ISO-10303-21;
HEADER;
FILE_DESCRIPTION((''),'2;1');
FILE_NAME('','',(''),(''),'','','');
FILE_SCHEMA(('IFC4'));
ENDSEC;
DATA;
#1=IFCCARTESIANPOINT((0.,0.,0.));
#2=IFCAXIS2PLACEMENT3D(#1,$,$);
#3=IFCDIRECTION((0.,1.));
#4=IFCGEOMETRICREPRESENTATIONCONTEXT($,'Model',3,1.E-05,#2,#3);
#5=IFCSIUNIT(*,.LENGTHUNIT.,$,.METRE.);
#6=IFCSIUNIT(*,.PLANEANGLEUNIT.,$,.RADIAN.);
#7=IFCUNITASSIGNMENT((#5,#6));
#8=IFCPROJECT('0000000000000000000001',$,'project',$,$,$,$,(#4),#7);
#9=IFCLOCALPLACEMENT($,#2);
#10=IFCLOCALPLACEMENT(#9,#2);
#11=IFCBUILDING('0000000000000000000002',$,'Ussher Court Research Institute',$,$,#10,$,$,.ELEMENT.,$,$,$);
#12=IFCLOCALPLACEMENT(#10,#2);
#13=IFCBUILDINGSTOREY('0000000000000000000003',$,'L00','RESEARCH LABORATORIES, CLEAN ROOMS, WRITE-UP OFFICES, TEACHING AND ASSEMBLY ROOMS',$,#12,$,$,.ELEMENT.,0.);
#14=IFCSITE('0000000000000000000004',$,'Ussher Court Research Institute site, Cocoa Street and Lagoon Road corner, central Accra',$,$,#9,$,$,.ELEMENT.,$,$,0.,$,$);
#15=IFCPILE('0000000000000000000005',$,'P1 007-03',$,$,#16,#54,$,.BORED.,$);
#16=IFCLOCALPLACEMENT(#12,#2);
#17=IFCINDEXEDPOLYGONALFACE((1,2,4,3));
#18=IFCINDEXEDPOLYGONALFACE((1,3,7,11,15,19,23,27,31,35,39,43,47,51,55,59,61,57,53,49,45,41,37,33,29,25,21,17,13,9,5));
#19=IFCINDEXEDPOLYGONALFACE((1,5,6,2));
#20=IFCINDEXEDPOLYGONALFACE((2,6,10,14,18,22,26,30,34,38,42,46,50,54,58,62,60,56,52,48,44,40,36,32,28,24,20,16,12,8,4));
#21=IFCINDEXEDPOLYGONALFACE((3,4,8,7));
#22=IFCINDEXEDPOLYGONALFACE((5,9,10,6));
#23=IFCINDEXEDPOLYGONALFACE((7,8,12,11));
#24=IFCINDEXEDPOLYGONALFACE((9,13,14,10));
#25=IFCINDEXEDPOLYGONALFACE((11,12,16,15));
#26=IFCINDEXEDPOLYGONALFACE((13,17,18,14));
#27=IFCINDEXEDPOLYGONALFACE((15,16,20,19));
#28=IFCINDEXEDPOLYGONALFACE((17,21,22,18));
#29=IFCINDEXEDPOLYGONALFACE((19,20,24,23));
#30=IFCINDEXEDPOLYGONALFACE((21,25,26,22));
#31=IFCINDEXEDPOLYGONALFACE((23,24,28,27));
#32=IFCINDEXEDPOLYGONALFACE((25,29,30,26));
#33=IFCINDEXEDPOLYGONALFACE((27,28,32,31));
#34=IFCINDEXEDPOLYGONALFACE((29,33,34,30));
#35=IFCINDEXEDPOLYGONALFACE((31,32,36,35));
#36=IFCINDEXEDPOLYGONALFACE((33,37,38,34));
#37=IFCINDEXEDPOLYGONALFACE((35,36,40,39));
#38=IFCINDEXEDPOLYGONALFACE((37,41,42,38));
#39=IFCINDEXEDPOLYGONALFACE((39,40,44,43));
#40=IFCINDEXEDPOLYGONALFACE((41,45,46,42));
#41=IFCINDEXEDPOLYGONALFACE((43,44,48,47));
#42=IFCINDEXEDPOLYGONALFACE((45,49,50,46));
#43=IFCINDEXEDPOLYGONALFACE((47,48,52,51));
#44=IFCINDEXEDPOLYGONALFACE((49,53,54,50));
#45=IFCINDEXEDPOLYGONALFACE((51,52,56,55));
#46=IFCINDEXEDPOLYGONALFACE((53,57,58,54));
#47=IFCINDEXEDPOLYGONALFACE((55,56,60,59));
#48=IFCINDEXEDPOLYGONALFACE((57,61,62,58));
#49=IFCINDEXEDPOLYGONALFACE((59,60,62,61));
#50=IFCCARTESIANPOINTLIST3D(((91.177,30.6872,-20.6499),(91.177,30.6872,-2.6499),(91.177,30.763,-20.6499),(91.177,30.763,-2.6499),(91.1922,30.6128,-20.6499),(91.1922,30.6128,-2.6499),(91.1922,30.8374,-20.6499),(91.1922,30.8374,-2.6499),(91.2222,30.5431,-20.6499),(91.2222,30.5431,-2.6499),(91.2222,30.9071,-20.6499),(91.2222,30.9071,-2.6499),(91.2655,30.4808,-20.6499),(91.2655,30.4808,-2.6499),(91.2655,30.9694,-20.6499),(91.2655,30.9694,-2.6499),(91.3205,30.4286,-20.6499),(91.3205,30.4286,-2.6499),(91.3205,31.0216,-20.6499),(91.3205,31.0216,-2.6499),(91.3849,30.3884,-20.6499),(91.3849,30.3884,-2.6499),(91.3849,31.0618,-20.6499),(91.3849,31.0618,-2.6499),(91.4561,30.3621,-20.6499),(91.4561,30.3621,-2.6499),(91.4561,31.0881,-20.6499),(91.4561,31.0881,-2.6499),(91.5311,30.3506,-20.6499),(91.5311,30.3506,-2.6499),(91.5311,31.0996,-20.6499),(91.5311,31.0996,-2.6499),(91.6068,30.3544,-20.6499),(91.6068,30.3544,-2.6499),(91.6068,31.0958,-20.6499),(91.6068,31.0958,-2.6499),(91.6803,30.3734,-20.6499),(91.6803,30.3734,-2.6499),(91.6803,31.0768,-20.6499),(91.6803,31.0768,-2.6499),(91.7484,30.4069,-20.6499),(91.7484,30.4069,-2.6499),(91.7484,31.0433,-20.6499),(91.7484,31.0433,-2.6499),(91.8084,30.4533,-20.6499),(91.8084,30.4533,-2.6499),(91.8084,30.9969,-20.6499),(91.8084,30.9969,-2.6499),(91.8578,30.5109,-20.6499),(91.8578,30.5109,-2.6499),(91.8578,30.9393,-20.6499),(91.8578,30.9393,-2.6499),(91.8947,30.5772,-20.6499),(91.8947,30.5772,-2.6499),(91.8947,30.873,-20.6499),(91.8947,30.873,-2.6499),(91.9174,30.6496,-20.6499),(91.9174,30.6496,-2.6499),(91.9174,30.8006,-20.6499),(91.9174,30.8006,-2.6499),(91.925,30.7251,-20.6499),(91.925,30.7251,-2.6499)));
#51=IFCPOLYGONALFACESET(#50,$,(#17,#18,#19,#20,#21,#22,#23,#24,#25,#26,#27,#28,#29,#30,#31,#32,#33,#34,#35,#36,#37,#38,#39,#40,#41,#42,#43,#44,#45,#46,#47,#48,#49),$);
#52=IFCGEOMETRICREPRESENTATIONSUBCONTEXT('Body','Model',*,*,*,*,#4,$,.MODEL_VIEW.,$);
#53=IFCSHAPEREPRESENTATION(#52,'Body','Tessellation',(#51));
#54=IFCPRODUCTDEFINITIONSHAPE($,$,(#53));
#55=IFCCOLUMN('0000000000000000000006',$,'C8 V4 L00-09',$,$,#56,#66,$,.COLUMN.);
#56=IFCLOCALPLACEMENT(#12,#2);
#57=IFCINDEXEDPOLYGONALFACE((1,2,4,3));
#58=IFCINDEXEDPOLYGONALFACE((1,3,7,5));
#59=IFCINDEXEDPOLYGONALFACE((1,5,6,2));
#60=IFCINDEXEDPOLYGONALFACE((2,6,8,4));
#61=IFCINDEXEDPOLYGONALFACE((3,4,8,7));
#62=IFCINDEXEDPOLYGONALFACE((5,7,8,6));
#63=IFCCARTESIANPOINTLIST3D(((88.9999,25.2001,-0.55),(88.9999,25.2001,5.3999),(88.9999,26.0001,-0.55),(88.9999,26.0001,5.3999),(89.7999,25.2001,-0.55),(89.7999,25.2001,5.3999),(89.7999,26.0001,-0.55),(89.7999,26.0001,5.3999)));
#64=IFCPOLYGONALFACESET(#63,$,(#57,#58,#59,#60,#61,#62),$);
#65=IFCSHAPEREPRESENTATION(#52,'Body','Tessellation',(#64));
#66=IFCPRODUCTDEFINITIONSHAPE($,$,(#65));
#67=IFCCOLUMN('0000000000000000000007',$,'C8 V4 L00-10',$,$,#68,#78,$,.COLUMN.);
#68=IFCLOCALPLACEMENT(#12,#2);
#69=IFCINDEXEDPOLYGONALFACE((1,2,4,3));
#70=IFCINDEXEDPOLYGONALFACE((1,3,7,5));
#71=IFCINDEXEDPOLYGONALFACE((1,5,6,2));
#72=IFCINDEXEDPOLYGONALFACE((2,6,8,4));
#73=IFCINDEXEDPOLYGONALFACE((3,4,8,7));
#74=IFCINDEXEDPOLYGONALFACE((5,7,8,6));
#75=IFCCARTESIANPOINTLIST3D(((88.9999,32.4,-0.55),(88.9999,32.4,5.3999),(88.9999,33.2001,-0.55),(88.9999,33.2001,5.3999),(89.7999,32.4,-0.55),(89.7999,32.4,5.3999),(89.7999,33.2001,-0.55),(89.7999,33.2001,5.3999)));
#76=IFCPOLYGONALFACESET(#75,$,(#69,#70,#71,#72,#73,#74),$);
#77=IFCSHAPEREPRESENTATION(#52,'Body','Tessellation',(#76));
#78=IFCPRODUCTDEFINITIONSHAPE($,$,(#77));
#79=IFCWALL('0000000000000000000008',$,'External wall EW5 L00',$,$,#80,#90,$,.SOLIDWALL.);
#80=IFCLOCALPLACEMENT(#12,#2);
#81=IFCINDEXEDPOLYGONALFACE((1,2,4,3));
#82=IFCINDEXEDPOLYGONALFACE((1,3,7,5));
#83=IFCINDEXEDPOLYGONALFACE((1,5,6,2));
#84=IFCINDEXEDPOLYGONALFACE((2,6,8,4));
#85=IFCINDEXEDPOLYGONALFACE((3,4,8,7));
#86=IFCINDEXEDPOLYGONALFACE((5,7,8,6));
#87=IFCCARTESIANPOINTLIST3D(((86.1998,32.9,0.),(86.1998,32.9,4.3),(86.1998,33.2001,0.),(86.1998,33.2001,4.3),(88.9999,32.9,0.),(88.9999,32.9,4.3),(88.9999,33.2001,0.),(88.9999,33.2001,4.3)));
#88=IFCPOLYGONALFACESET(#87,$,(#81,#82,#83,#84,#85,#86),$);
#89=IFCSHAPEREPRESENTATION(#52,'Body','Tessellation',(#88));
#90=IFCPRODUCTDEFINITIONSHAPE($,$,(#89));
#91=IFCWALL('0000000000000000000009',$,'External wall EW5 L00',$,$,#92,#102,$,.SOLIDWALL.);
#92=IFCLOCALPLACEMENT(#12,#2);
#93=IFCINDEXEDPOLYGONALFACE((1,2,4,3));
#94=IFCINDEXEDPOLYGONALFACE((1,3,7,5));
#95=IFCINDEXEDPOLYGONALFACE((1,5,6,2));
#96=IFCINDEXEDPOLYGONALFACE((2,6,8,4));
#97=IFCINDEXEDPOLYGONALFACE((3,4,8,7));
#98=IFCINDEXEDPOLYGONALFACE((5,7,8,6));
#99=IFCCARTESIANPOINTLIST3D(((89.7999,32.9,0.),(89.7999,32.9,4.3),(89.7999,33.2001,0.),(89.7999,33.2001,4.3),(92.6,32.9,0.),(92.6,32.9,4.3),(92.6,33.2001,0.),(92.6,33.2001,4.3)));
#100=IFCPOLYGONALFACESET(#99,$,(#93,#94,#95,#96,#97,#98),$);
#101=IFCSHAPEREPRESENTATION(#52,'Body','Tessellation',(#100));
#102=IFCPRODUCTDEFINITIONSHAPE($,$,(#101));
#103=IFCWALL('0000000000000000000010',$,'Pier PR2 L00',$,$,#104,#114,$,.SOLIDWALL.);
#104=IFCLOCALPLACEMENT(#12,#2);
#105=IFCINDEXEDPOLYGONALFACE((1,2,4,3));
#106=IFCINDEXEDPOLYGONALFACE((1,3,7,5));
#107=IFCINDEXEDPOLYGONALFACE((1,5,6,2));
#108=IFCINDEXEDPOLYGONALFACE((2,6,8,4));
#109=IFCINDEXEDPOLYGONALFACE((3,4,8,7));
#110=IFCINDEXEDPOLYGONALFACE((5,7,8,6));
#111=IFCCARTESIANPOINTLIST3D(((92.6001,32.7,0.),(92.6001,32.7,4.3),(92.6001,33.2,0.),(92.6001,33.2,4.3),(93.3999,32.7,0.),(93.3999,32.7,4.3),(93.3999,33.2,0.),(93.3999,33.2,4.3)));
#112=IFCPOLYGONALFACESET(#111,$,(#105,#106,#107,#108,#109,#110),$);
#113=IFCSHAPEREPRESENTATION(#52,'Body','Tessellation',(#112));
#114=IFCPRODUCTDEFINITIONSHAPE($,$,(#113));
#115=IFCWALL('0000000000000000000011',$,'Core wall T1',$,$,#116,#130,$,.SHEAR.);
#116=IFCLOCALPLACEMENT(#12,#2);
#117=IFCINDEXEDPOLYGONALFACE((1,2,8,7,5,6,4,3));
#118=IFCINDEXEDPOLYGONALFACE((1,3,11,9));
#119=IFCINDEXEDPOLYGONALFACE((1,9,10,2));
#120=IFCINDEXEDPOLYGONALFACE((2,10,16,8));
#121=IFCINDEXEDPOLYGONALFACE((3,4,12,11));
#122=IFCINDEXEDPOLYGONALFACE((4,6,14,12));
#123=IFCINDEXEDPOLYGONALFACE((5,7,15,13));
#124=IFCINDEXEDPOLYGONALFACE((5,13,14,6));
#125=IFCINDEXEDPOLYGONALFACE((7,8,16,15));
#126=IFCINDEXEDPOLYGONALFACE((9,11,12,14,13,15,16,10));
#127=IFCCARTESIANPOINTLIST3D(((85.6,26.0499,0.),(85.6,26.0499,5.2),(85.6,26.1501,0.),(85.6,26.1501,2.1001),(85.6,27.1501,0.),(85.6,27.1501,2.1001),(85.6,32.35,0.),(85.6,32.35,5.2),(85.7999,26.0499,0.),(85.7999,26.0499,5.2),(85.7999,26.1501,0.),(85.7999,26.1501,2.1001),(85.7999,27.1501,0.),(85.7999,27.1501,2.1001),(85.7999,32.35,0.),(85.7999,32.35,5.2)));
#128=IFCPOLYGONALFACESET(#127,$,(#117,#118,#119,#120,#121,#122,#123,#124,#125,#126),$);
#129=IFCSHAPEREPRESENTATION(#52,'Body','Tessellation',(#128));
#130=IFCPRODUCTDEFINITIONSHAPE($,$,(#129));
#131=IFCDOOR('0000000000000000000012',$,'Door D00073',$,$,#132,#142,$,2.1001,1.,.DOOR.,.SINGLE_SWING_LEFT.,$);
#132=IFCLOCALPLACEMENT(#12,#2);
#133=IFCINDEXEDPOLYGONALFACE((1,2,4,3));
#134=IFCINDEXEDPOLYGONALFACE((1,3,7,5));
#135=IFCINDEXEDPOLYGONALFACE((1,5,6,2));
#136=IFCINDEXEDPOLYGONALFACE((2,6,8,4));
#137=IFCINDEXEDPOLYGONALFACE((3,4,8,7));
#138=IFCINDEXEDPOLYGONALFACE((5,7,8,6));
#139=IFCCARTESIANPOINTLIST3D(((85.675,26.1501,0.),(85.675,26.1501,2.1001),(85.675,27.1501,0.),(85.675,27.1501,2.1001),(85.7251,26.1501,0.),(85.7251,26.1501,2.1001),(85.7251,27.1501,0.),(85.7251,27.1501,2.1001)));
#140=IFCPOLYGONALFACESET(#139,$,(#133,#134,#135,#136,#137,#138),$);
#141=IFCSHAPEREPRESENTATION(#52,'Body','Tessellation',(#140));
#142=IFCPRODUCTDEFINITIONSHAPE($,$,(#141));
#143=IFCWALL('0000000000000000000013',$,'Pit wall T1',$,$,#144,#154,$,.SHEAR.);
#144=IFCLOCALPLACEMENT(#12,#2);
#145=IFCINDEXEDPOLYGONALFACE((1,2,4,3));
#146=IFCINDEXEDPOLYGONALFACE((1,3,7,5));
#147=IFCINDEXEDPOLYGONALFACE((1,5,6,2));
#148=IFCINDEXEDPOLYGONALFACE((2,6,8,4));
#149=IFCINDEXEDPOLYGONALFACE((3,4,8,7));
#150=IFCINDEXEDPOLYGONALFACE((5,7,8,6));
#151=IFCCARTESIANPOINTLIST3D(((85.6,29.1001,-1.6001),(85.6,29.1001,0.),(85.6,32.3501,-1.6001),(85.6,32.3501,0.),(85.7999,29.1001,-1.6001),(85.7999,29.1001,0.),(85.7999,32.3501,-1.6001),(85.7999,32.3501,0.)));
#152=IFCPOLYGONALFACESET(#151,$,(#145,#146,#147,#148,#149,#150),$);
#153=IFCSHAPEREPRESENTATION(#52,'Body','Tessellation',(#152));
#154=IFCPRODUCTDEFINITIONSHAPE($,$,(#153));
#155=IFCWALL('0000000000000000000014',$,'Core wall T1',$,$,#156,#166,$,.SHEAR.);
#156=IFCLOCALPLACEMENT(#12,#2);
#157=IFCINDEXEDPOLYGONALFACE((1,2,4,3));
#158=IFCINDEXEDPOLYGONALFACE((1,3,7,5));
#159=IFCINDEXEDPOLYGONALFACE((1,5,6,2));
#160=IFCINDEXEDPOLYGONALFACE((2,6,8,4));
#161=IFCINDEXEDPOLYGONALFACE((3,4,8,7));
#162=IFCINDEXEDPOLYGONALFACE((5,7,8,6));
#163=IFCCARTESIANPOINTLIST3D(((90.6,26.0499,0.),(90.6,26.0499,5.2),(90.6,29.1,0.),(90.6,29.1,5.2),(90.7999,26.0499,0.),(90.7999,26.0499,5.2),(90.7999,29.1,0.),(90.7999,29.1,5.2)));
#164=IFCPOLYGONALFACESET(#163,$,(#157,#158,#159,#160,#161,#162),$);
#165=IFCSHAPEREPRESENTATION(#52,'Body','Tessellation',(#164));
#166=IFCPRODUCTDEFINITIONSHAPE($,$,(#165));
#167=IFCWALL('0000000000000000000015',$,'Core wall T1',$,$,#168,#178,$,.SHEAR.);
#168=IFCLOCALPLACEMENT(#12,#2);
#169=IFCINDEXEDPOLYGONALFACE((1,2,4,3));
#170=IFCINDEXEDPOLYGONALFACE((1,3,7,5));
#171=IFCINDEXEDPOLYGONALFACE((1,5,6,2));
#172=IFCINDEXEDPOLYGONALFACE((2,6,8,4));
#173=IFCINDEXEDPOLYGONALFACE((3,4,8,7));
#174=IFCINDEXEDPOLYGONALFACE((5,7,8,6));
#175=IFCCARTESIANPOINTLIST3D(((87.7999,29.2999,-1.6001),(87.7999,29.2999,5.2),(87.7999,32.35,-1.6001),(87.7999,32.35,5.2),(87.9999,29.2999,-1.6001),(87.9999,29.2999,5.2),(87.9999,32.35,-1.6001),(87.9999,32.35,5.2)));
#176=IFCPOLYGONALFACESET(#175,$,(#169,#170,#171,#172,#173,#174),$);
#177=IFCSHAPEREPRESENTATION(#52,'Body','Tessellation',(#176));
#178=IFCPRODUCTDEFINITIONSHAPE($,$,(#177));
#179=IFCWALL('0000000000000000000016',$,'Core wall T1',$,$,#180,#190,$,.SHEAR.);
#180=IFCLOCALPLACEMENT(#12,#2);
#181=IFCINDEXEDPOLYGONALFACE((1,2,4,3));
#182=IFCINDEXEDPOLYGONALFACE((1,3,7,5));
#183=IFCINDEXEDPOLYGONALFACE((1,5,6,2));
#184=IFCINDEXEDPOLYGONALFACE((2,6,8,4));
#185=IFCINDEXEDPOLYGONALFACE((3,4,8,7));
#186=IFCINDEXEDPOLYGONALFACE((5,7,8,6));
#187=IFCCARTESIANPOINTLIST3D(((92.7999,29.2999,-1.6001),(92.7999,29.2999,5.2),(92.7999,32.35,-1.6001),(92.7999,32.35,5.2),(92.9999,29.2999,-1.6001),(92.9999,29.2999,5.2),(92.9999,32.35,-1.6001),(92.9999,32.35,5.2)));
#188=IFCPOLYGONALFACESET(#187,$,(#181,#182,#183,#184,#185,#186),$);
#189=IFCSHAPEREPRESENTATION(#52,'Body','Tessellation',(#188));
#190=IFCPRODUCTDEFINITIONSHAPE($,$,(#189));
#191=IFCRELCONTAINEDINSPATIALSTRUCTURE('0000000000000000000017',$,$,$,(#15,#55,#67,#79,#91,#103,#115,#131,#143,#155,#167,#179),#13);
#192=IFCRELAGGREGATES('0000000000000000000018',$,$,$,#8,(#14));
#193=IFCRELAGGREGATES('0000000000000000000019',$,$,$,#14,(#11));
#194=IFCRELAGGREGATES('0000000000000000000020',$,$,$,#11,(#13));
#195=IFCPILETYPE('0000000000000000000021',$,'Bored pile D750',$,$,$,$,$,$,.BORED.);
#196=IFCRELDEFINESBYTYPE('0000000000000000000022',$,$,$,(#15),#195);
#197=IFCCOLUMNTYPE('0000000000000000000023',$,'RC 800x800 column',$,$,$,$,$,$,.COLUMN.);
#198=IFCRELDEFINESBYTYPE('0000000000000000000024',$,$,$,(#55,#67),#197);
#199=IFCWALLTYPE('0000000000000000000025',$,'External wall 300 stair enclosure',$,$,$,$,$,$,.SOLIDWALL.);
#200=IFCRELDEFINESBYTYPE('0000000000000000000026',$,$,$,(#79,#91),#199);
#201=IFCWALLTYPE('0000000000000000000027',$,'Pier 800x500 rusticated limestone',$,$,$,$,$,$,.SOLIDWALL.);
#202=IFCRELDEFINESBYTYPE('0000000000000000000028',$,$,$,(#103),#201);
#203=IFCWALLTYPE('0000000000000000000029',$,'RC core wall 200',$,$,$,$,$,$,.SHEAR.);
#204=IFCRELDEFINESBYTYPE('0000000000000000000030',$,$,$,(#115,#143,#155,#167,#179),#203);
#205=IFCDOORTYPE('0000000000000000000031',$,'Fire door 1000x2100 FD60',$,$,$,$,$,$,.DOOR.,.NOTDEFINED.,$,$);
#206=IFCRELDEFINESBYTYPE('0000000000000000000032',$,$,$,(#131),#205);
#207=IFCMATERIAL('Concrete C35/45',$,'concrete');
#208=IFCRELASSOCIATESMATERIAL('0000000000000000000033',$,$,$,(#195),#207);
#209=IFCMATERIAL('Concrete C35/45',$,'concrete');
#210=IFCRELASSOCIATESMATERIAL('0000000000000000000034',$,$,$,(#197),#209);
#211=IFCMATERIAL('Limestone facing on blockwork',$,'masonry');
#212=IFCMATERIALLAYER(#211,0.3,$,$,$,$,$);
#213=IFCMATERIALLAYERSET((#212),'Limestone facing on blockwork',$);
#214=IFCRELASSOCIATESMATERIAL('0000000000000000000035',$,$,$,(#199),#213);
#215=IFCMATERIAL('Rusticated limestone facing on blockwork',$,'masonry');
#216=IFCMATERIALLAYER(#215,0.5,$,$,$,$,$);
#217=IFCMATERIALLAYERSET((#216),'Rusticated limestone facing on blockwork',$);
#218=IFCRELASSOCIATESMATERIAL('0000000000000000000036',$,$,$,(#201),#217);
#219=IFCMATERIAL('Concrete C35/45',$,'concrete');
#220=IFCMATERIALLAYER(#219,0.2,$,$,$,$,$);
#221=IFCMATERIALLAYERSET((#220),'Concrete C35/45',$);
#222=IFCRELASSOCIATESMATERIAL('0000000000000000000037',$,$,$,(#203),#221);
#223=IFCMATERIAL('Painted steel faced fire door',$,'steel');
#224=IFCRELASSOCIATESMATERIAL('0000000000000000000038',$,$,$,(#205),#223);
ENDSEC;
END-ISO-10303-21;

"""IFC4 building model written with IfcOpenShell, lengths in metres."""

from ifc_helpers import new_model, si_unit, direction, frame, frame_2d, origin, origin_2d, place, context, subcontext, project, spatial, rectangle, circle, extrude, material, layer, layer_set, material_profile, profile_set, type_object, element, fill, save


model = new_model("IFC4")

# Units and contexts
model_context = context("Model", 3, precision=1e-05, world=origin(), true_north=direction((0.0, 1.0)))
body_context = subcontext(model_context, "Body", "Model", "MODEL_VIEW")
ifc_project = project(units=[si_unit("LENGTHUNIT", "METRE"), si_unit("PLANEANGLEUNIT", "RADIAN")], contexts=[model_context])

# Site, building, storey
site_placement = place(None, origin())
site = spatial("IfcSite", under=ifc_project, at=site_placement, Name="Ussher Court Research Institute site, Cocoa Street and Lagoon Road corner, central Accra", CompositionType="ELEMENT", RefElevation=0.0)
building_placement = place(site_placement, origin())
building = spatial("IfcBuilding", under=site, at=building_placement, Name="Ussher Court Research Institute", CompositionType="ELEMENT")
storey_placement = place(building_placement, origin())
storey = spatial("IfcBuildingStorey", under=building, at=storey_placement, Name="L00", Description="RESEARCH LABORATORIES, CLEAN ROOMS, WRITE-UP OFFICES, TEACHING AND ASSEMBLY ROOMS", CompositionType="ELEMENT", Elevation=0.0)

# Pile
ifc_material_1 = material(Name="Concrete C35/45", Category="concrete")
ifc_material_profile_1 = material_profile(ifc_material_1, circle(Radius=0.375, at=origin_2d()), Name="RC D750")
ifc_profile_set_1 = profile_set([ifc_material_profile_1], Name="Concrete C35/45")
pile_type_1 = type_object("IfcPileType", Name="Bored pile D750", PredefinedType="BORED", material=ifc_profile_set_1)
for number, where, z_axis, x_axis, name in (
    (1, (91.55, 30.7251, -2.6499), (0.0, 0.0, -1.0), (1.0, 0.0, 0.0), "P1 007-03"),
):
    element("IfcPile", number, at=place(storey_placement, frame(where, z_axis=z_axis, x_axis=x_axis)), inside=storey, type_object=pile_type_1, Name=name, PredefinedType="BORED", context=body_context, shape_type="SweptSolid", body=[
        extrude(circle(Radius=0.375, at=origin_2d()), origin(), (0.0, 0.0, 1.0), 18.0),
    ])

# Columns
ifc_material_2 = material(Name="Concrete C35/45", Category="concrete")
ifc_material_profile_2 = material_profile(ifc_material_2, rectangle(XDim=0.8, YDim=0.8, at=origin_2d()), Name="RC 800x800")
ifc_profile_set_2 = profile_set([ifc_material_profile_2], Name="Concrete C35/45")
column_type = type_object("IfcColumnType", Name="RC 800x800 column", PredefinedType="COLUMN", material=ifc_profile_set_2)
for number, where, z_axis, x_axis, name in (
    (2, (89.3999, 25.6001, -0.55), (0.0, 0.0, 1.0), (1.0, 0.0, 0.0), "C8 V4 L00-09"),
    (3, (89.3999, 32.8, -0.55), (0.0, 0.0, 1.0), (1.0, 0.0, 0.0), "C8 V4 L00-10"),
):
    element("IfcColumn", number, at=place(storey_placement, frame(where, z_axis=z_axis, x_axis=x_axis)), inside=storey, type_object=column_type, Name=name, PredefinedType="COLUMN", context=body_context, shape_type="SweptSolid", body=[
        extrude(rectangle(XDim=0.8, YDim=0.8, at=origin_2d()), origin(), (0.0, 0.0, 1.0), 5.95),
    ])

# Walls
ifc_material_3 = material(Name="Limestone facing on blockwork", Category="masonry")
ifc_layer_1 = layer(ifc_material_3, 0.3)
ifc_layer_set_1 = layer_set([ifc_layer_1], Name="Limestone facing on blockwork")
wall_type_1 = type_object("IfcWallType", Name="External wall 300 stair enclosure", PredefinedType="SOLIDWALL", material=ifc_layer_set_1)
for number, where, z_axis, x_axis, name in (
    (4, (86.2, 33.05, 0.0), (0.0, 0.0, 1.0), (1.0, 0.0, 0.0), "External wall EW5 L00"),
    (5, (89.8, 33.05, 0.0), (0.0, 0.0, 1.0), (1.0, 0.0, 0.0), "External wall EW5 L00"),
):
    element("IfcWall", number, at=place(storey_placement, frame(where, z_axis=z_axis, x_axis=x_axis)), inside=storey, type_object=wall_type_1, Name=name, PredefinedType="SOLIDWALL", context=body_context, shape_type="SweptSolid", body=[
        extrude(rectangle(XDim=2.8, YDim=0.3, at=frame_2d((1.3999, 0.0))), origin(), (0.0, 0.0, 1.0), 4.3),
    ])
ifc_material_4 = material(Name="Rusticated limestone facing on blockwork", Category="masonry")
ifc_layer_2 = layer(ifc_material_4, 0.5)
ifc_layer_set_2 = layer_set([ifc_layer_2], Name="Rusticated limestone facing on blockwork")
wall_type_2 = type_object("IfcWallType", Name="Pier 800x500 rusticated limestone", PredefinedType="SOLIDWALL", material=ifc_layer_set_2)
wall_1_placement = place(storey_placement, frame((92.6001, 32.95, 0.0), z_axis=(0.0, 0.0, 1.0), x_axis=(1.0, 0.0, 0.0)))
element("IfcWall", 6, at=wall_1_placement, inside=storey, type_object=wall_type_2, Name="Pier PR2 L00", PredefinedType="SOLIDWALL", context=body_context, shape_type="SweptSolid", body=[
    extrude(rectangle(XDim=0.7998, YDim=0.5, at=frame_2d((0.3999, 0.0))), origin(), (0.0, 0.0, 1.0), 4.3),
])

# Wall, opening, door
ifc_material_5 = material(Name="Concrete C35/45", Category="concrete")
ifc_layer_3 = layer(ifc_material_5, 0.2)
ifc_layer_set_3 = layer_set([ifc_layer_3], Name="Concrete C35/45")
wall_type_3 = type_object("IfcWallType", Name="RC core wall 200", PredefinedType="SHEAR", material=ifc_layer_set_3)
wall_2_placement = place(storey_placement, frame((85.7, 26.05, 0.0), z_axis=(0.0, 0.0, 1.0), x_axis=(0.0, 1.0, 0.0)))
wall_2 = element("IfcWall", 7, at=wall_2_placement, inside=storey, type_object=wall_type_3, Name="Core wall T1", PredefinedType="SHEAR", context=body_context, shape_type="SweptSolid", body=[
    extrude(rectangle(XDim=6.3, YDim=0.2, at=frame_2d((3.1499, 0.0))), origin(), (0.0, 0.0, 1.0), 5.2),
])
opening_1_placement = place(wall_2_placement, frame((0.1001, 0.0, 0.0)))
opening_1 = element("IfcOpeningElement", 8, at=opening_1_placement, cuts=wall_2, PredefinedType="OPENING", context=body_context, shape_type="SweptSolid", body=[
    extrude(rectangle(XDim=1.0, YDim=2.1001, at=frame_2d((0.5, 1.05))), frame((0.0, 0.1099, 0.0), z_axis=(0.0, -1.0, 0.0), x_axis=(1.0, 0.0, 0.0)), (0.0, 0.0, 1.0), 0.22),
])
ifc_material_6 = material(Name="Painted steel faced fire door", Category="steel")
door_type_1 = type_object("IfcDoorType", Name="Fire door 1000x2100 FD60", OperationType="NOTDEFINED", PredefinedType="DOOR", material=ifc_material_6)
door_1_placement = place(opening_1_placement, origin())
door_1 = element("IfcDoor", 9, at=door_1_placement, inside=storey, type_object=door_type_1, Name="Door D00073", OperationType="SINGLE_SWING_LEFT", OverallHeight=2.1001, OverallWidth=1.0, PredefinedType="DOOR", context=body_context, shape_type="SweptSolid", body=[
    extrude(rectangle(XDim=1.0, YDim=2.1001, at=frame_2d((0.5, 1.05))), frame((0.0, 0.0249, 0.0), z_axis=(0.0, -1.0, 0.0), x_axis=(1.0, 0.0, 0.0)), (0.0, 0.0, 1.0), 0.05),
])
fill(opening_1, door_1)

# Walls
wall_3_placement = place(storey_placement, frame((85.7, 29.1001, -1.6001), z_axis=(0.0, 0.0, 1.0), x_axis=(0.0, 1.0, 0.0)))
element("IfcWall", 10, at=wall_3_placement, inside=storey, type_object=wall_type_3, Name="Pit wall T1", PredefinedType="SHEAR", context=body_context, shape_type="SweptSolid", body=[
    extrude(rectangle(XDim=3.25, YDim=0.2, at=frame_2d((1.625, 0.0))), origin(), (0.0, 0.0, 1.0), 1.6001),
])
wall_4_placement = place(storey_placement, frame((90.7, 26.05, 0.0), z_axis=(0.0, 0.0, 1.0), x_axis=(0.0, 1.0, 0.0)))
element("IfcWall", 11, at=wall_4_placement, inside=storey, type_object=wall_type_3, Name="Core wall T1", PredefinedType="SHEAR", context=body_context, shape_type="SweptSolid", body=[
    extrude(rectangle(XDim=3.05, YDim=0.2, at=frame_2d((1.5249, 0.0))), origin(), (0.0, 0.0, 1.0), 5.2),
])
for number, where, z_axis, x_axis, name in (
    (12, (87.8999, 29.3, -1.6001), (0.0, 0.0, 1.0), (0.0, 1.0, 0.0), "Core wall T1"),
    (13, (92.8999, 29.3, -1.6001), (0.0, 0.0, 1.0), (0.0, 1.0, 0.0), "Core wall T1"),
):
    element("IfcWall", number, at=place(storey_placement, frame(where, z_axis=z_axis, x_axis=x_axis)), inside=storey, type_object=wall_type_3, Name=name, PredefinedType="SHEAR", context=body_context, shape_type="SweptSolid", body=[
        extrude(rectangle(XDim=3.05, YDim=0.2, at=frame_2d((1.5249, 0.0))), origin(), (0.0, 0.0, 1.0), 6.8),
    ])

save(model, "model.ifc")
